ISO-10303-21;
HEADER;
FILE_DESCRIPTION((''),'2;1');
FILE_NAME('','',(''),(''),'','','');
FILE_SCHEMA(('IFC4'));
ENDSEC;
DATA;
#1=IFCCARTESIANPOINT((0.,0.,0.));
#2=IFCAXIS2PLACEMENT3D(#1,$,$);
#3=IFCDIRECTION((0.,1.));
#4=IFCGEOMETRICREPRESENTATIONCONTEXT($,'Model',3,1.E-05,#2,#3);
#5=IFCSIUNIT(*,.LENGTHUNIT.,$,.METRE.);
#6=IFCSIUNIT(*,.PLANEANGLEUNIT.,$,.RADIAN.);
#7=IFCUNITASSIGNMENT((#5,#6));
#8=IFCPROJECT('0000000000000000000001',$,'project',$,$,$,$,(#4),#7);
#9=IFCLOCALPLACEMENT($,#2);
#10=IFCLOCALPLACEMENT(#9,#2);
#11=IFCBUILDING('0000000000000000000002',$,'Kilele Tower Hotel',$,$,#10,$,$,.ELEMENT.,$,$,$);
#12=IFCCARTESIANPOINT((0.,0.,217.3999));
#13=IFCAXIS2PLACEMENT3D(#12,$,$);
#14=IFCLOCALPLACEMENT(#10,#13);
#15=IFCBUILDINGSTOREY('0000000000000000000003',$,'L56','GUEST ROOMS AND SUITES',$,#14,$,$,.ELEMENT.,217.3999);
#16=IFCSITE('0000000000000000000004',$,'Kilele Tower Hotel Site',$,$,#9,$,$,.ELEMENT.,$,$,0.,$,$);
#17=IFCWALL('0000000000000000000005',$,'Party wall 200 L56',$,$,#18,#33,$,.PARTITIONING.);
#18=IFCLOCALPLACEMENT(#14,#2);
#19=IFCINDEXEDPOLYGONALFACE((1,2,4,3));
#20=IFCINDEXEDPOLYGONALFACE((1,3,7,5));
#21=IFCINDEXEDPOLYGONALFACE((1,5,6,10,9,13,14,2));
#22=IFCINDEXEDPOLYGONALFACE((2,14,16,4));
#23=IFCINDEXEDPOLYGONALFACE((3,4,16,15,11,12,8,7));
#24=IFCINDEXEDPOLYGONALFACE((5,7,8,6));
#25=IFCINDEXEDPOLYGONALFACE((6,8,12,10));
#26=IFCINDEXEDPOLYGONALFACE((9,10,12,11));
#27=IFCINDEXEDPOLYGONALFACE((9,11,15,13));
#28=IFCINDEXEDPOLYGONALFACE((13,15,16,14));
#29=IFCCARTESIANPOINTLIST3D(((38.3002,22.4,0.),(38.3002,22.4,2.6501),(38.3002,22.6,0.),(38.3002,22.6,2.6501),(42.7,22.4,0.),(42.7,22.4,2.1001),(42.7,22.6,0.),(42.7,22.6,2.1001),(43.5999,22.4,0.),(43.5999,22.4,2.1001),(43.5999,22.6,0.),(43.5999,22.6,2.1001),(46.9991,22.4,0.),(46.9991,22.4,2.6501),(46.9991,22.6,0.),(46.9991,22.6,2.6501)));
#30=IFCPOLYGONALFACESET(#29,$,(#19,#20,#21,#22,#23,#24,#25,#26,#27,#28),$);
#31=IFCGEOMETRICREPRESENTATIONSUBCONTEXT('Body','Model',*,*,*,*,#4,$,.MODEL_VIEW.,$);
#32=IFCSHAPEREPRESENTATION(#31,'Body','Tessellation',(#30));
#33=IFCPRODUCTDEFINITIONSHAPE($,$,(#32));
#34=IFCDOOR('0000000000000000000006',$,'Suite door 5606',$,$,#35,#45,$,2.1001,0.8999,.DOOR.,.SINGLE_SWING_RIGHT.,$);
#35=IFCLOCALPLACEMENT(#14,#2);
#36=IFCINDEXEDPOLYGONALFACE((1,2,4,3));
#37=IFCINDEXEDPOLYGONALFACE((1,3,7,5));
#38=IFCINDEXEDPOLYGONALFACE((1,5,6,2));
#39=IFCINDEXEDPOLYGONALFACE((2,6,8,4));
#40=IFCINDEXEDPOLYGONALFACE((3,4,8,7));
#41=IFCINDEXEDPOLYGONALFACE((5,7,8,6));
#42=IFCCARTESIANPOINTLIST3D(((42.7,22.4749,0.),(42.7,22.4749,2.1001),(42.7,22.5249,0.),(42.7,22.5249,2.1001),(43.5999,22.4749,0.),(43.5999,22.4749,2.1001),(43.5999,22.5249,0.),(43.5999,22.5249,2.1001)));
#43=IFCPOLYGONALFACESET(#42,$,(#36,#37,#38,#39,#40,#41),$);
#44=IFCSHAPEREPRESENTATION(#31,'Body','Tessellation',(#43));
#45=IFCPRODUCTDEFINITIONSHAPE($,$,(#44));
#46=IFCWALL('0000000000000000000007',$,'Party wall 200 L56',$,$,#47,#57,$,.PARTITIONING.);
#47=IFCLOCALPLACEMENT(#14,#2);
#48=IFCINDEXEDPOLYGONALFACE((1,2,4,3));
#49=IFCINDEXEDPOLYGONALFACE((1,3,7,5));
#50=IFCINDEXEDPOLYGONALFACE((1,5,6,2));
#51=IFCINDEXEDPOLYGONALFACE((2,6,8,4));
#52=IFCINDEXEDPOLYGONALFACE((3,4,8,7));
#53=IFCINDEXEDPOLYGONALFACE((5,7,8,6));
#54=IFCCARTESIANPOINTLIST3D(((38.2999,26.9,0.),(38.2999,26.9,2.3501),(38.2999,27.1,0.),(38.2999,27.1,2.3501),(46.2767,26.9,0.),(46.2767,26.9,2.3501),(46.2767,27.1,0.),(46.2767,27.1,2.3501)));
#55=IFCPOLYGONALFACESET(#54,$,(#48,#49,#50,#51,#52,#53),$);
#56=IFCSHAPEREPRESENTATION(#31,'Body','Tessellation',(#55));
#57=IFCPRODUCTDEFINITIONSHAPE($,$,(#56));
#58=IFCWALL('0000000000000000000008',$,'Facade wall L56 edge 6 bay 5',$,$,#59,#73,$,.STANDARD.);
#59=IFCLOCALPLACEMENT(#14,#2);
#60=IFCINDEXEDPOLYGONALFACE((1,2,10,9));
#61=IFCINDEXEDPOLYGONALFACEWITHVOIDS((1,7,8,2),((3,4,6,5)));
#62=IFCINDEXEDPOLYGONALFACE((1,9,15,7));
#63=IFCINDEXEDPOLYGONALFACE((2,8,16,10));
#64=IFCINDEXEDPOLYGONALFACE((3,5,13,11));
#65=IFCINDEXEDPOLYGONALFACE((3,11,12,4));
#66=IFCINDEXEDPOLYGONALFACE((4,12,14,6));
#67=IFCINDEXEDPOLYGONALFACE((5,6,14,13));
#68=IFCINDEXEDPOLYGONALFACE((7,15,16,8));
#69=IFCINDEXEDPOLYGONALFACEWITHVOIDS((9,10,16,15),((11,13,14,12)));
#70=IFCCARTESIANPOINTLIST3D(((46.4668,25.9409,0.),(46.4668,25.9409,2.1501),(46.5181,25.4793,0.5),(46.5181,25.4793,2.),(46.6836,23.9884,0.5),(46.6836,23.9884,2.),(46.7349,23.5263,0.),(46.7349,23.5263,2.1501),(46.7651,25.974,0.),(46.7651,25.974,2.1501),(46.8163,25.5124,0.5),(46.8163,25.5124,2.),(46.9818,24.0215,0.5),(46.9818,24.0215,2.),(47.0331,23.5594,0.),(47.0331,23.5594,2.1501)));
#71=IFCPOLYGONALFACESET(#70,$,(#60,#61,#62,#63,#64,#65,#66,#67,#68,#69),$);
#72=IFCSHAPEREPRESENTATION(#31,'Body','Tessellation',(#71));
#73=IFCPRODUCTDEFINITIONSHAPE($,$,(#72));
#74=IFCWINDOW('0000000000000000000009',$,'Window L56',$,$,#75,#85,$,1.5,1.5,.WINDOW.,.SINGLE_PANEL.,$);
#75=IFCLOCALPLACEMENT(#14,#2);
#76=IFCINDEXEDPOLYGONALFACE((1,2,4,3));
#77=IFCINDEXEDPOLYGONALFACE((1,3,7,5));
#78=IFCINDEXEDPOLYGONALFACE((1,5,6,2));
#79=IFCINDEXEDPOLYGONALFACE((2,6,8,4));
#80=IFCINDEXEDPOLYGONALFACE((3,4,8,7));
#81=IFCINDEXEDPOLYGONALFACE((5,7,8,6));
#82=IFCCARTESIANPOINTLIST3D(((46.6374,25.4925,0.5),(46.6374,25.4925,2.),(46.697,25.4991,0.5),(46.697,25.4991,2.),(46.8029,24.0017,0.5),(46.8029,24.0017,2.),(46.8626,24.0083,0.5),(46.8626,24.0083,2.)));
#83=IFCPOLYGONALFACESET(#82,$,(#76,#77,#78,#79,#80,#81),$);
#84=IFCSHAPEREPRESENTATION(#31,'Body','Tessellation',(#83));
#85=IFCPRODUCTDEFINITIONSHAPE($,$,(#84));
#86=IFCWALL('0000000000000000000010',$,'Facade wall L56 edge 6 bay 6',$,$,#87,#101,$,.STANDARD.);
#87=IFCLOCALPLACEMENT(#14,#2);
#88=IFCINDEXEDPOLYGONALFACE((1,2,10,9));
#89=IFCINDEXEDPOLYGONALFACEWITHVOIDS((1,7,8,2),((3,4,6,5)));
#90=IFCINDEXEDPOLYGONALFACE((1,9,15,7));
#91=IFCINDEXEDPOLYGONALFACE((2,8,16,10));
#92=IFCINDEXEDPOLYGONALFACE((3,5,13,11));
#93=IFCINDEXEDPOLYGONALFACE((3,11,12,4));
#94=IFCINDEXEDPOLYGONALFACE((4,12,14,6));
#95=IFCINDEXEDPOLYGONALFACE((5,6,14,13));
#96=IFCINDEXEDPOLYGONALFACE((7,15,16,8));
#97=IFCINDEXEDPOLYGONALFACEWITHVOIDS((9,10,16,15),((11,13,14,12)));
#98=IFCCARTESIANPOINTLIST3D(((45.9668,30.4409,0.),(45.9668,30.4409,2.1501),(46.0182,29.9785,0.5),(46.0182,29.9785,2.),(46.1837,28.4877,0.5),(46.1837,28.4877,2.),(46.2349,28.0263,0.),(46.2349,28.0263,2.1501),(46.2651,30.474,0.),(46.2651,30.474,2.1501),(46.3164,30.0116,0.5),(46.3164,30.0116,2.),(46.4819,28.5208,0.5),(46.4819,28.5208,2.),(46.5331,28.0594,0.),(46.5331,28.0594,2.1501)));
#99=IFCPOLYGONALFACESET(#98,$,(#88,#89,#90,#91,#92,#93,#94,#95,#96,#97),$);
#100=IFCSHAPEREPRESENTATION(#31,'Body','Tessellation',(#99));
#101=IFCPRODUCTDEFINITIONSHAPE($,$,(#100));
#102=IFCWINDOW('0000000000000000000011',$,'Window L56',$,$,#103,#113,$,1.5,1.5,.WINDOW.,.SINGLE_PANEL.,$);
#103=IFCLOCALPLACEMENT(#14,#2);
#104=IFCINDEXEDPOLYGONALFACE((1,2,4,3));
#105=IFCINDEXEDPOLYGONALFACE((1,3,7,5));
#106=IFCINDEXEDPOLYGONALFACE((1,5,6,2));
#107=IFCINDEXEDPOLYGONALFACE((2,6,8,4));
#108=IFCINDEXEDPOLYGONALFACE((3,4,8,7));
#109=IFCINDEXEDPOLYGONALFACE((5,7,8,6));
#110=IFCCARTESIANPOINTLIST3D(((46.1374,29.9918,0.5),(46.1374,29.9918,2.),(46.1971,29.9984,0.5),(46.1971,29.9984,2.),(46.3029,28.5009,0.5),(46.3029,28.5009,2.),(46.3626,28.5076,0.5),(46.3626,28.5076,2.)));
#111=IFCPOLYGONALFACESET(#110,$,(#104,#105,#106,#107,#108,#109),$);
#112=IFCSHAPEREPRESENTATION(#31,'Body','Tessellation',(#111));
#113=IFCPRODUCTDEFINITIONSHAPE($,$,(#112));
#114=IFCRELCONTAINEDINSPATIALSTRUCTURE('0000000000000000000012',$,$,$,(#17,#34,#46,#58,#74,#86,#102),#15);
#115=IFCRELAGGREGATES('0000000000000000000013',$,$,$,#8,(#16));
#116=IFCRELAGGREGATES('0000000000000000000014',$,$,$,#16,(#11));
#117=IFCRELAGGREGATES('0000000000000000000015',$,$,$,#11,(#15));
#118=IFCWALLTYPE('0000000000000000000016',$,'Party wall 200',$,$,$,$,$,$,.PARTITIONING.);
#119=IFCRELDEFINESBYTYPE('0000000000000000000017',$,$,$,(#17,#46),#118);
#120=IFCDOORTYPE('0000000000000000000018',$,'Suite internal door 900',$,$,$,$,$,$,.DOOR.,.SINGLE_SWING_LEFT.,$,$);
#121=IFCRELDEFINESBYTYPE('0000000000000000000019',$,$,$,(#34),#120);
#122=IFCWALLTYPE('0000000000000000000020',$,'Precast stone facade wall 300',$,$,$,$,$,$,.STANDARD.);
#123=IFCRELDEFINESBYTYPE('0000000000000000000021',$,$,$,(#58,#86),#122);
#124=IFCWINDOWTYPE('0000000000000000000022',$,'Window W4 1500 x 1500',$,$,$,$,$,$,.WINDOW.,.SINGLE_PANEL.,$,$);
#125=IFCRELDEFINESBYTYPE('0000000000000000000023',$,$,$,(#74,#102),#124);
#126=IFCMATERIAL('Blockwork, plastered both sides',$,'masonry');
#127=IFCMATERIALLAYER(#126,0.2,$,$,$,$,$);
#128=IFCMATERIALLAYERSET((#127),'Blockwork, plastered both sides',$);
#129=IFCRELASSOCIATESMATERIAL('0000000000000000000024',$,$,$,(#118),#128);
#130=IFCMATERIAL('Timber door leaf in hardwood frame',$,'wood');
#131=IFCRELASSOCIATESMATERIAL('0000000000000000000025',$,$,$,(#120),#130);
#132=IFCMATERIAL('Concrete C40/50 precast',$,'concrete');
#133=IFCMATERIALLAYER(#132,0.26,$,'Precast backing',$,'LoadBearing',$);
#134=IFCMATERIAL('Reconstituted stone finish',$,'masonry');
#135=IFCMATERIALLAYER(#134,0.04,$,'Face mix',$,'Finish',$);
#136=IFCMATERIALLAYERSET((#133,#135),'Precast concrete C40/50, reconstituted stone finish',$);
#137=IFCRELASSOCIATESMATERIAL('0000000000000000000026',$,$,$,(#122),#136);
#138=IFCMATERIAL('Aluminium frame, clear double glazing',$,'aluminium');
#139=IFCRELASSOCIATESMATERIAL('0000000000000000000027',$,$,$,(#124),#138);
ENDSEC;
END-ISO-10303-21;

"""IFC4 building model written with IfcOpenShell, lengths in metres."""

from ifc_helpers import new_model, si_unit, direction, frame, frame_2d, origin, place, context, subcontext, project, spatial, rectangle, extrude, material, layer, layer_set, type_object, element, fill, save


model = new_model("IFC4")

# Units and contexts
model_context = context("Model", 3, precision=1e-05, world=origin(), true_north=direction((0.0, 1.0)))
body_context = subcontext(model_context, "Body", "Model", "MODEL_VIEW")
ifc_project = project(units=[si_unit("LENGTHUNIT", "METRE"), si_unit("PLANEANGLEUNIT", "RADIAN")], contexts=[model_context])

# Site, building, storey
site_placement = place(None, origin())
site = spatial("IfcSite", under=ifc_project, at=site_placement, Name="Kilele Tower Hotel Site", CompositionType="ELEMENT", RefElevation=0.0)
building_placement = place(site_placement, origin())
building = spatial("IfcBuilding", under=site, at=building_placement, Name="Kilele Tower Hotel", CompositionType="ELEMENT")
storey_placement = place(building_placement, frame((0.0, 0.0, 217.3999)))
storey = spatial("IfcBuildingStorey", under=building, at=storey_placement, Name="L56", Description="GUEST ROOMS AND SUITES", CompositionType="ELEMENT", Elevation=217.3999)

# Wall, opening, door
ifc_material_1 = material(Name="Blockwork, plastered both sides", Category="masonry")
ifc_layer_1 = layer(ifc_material_1, 0.2)
ifc_layer_set_1 = layer_set([ifc_layer_1], Name="Blockwork, plastered both sides")
wall_type_1 = type_object("IfcWallType", Name="Party wall 200", PredefinedType="PARTITIONING", material=ifc_layer_set_1)
wall_1_placement = place(storey_placement, frame((38.3, 22.5, 0.0), z_axis=(0.0, 0.0, 1.0), x_axis=(1.0, 0.0, 0.0)))
wall_1 = element("IfcWall", 1, at=wall_1_placement, inside=storey, type_object=wall_type_1, Name="Party wall 200 L56", PredefinedType="PARTITIONING", context=body_context, shape_type="SweptSolid", body=[
    extrude(rectangle(XDim=8.699, YDim=0.2, at=frame_2d((4.3496, 0.0))), origin(), (0.0, 0.0, 1.0), 2.6501),
])
opening_1_placement = place(wall_1_placement, frame((4.3999, 0.0, 0.0)))
opening_1 = element("IfcOpeningElement", 2, at=opening_1_placement, cuts=wall_1, PredefinedType="OPENING", context=body_context, shape_type="SweptSolid", body=[
    extrude(rectangle(XDim=0.8999, YDim=2.1001, at=frame_2d((0.45, 1.05))), frame((0.0, 0.1099, 0.0), z_axis=(0.0, -1.0, 0.0), x_axis=(1.0, 0.0, 0.0)), (0.0, 0.0, 1.0), 0.22),
])
ifc_material_2 = material(Name="Timber door leaf in hardwood frame", Category="wood")
door_type_1 = type_object("IfcDoorType", Name="Suite internal door 900", OperationType="SINGLE_SWING_LEFT", PredefinedType="DOOR", material=ifc_material_2)
door_1_placement = place(opening_1_placement, origin())
door_1 = element("IfcDoor", 3, at=door_1_placement, inside=storey, type_object=door_type_1, Name="Suite door 5606", OperationType="SINGLE_SWING_RIGHT", OverallHeight=2.1001, OverallWidth=0.8999, PredefinedType="DOOR", context=body_context, shape_type="SweptSolid", body=[
    extrude(rectangle(XDim=0.8999, YDim=2.1001, at=frame_2d((0.45, 1.05))), frame((0.0, 0.0249, 0.0), z_axis=(0.0, -1.0, 0.0), x_axis=(1.0, 0.0, 0.0)), (0.0, 0.0, 1.0), 0.05),
])
fill(opening_1, door_1)

# Wall
wall_2_placement = place(storey_placement, frame((38.3, 27.0, 0.0), z_axis=(0.0, 0.0, 1.0), x_axis=(1.0, 0.0, 0.0)))
element("IfcWall", 4, at=wall_2_placement, inside=storey, type_object=wall_type_1, Name="Party wall 200 L56", PredefinedType="PARTITIONING", context=body_context, shape_type="SweptSolid", body=[
    extrude(rectangle(XDim=7.9768, YDim=0.2, at=frame_2d((3.9883, 0.0))), origin(), (0.0, 0.0, 1.0), 2.3501),
])

# Walls, openings, windows
ifc_material_3 = material(Name="Concrete C40/50 precast", Category="concrete")
ifc_layer_2 = layer(ifc_material_3, 0.26, Name="Precast backing", Category="LoadBearing")
ifc_material_4 = material(Name="Reconstituted stone finish", Category="masonry")
ifc_layer_3 = layer(ifc_material_4, 0.04, Name="Face mix", Category="Finish")
ifc_layer_set_2 = layer_set([ifc_layer_2, ifc_layer_3], Name="Precast concrete C40/50, reconstituted stone finish")
wall_type_2 = type_object("IfcWallType", Name="Precast stone facade wall 300", PredefinedType="STANDARD", material=ifc_layer_set_2)
wall_3_placement = place(storey_placement, frame((46.884, 23.5427, 0.0), z_axis=(0.0, 0.0, 1.0), x_axis=(-0.110343, 0.993894, 0.0)))
wall_3 = element("IfcWall", 5, at=wall_3_placement, inside=storey, type_object=wall_type_2, Name="Facade wall L56 edge 6 bay 5", PredefinedType="STANDARD", context=body_context, shape_type="SweptSolid", body=[
    extrude(rectangle(XDim=2.4294, YDim=0.3, at=frame_2d((1.2148, 0.0))), origin(), (0.0, 0.0, 1.0), 2.1501),
])
opening_2_placement = place(wall_3_placement, frame((0.4651, 0.0, 0.5)))
opening_2 = element("IfcOpeningElement", 6, at=opening_2_placement, cuts=wall_3, PredefinedType="OPENING", context=body_context, shape_type="SweptSolid", body=[
    extrude(rectangle(XDim=1.5, YDim=1.5, at=frame_2d((0.75, 0.75))), frame((0.0, 0.1599, 0.0), z_axis=(0.0, -1.0, 0.0), x_axis=(1.0, 0.0, 0.0)), (0.0, 0.0, 1.0), 0.3201),
])
ifc_material_5 = material(Name="Aluminium frame, clear double glazing", Category="aluminium")
window_type = type_object("IfcWindowType", Name="Window W4 1500 x 1500", PartitioningType="SINGLE_PANEL", PredefinedType="WINDOW", material=ifc_material_5)
window_1_placement = place(opening_2_placement, origin())
window_1 = element("IfcWindow", 7, at=window_1_placement, inside=storey, type_object=window_type, Name="Window L56", OverallHeight=1.5, OverallWidth=1.5, PartitioningType="SINGLE_PANEL", PredefinedType="WINDOW", context=body_context, shape_type="SweptSolid", body=[
    extrude(rectangle(XDim=1.5, YDim=1.5, at=frame_2d((0.75, 0.75))), frame((0.0, 0.03, 0.0), z_axis=(0.0, -1.0, 0.0), x_axis=(1.0, 0.0, 0.0)), (0.0, 0.0, 1.0), 0.0601),
])
fill(opening_2, window_1)
wall_4_placement = place(storey_placement, frame((46.384, 28.0427, 0.0), z_axis=(0.0, 0.0, 1.0), x_axis=(-0.110343, 0.993894, 0.0)))
wall_4 = element("IfcWall", 8, at=wall_4_placement, inside=storey, type_object=wall_type_2, Name="Facade wall L56 edge 6 bay 6", PredefinedType="STANDARD", context=body_context, shape_type="SweptSolid", body=[
    extrude(rectangle(XDim=2.4294, YDim=0.3, at=frame_2d((1.2148, 0.0))), origin(), (0.0, 0.0, 1.0), 2.1501),
])
opening_3_placement = place(wall_4_placement, frame((0.4644, 0.0, 0.5)))
opening_3 = element("IfcOpeningElement", 9, at=opening_3_placement, cuts=wall_4, PredefinedType="OPENING", context=body_context, shape_type="SweptSolid", body=[
    extrude(rectangle(XDim=1.5, YDim=1.5, at=frame_2d((0.75, 0.75))), frame((0.0, 0.1599, 0.0), z_axis=(0.0, -1.0, 0.0), x_axis=(1.0, 0.0, 0.0)), (0.0, 0.0, 1.0), 0.3201),
])
window_2_placement = place(opening_3_placement, origin())
window_2 = element("IfcWindow", 10, at=window_2_placement, inside=storey, type_object=window_type, Name="Window L56", OverallHeight=1.5, OverallWidth=1.5, PartitioningType="SINGLE_PANEL", PredefinedType="WINDOW", context=body_context, shape_type="SweptSolid", body=[
    extrude(rectangle(XDim=1.5, YDim=1.5, at=frame_2d((0.75, 0.75))), frame((0.0, 0.03, 0.0), z_axis=(0.0, -1.0, 0.0), x_axis=(1.0, 0.0, 0.0)), (0.0, 0.0, 1.0), 0.0601),
])
fill(opening_3, window_2)

save(model, "model.ifc")
